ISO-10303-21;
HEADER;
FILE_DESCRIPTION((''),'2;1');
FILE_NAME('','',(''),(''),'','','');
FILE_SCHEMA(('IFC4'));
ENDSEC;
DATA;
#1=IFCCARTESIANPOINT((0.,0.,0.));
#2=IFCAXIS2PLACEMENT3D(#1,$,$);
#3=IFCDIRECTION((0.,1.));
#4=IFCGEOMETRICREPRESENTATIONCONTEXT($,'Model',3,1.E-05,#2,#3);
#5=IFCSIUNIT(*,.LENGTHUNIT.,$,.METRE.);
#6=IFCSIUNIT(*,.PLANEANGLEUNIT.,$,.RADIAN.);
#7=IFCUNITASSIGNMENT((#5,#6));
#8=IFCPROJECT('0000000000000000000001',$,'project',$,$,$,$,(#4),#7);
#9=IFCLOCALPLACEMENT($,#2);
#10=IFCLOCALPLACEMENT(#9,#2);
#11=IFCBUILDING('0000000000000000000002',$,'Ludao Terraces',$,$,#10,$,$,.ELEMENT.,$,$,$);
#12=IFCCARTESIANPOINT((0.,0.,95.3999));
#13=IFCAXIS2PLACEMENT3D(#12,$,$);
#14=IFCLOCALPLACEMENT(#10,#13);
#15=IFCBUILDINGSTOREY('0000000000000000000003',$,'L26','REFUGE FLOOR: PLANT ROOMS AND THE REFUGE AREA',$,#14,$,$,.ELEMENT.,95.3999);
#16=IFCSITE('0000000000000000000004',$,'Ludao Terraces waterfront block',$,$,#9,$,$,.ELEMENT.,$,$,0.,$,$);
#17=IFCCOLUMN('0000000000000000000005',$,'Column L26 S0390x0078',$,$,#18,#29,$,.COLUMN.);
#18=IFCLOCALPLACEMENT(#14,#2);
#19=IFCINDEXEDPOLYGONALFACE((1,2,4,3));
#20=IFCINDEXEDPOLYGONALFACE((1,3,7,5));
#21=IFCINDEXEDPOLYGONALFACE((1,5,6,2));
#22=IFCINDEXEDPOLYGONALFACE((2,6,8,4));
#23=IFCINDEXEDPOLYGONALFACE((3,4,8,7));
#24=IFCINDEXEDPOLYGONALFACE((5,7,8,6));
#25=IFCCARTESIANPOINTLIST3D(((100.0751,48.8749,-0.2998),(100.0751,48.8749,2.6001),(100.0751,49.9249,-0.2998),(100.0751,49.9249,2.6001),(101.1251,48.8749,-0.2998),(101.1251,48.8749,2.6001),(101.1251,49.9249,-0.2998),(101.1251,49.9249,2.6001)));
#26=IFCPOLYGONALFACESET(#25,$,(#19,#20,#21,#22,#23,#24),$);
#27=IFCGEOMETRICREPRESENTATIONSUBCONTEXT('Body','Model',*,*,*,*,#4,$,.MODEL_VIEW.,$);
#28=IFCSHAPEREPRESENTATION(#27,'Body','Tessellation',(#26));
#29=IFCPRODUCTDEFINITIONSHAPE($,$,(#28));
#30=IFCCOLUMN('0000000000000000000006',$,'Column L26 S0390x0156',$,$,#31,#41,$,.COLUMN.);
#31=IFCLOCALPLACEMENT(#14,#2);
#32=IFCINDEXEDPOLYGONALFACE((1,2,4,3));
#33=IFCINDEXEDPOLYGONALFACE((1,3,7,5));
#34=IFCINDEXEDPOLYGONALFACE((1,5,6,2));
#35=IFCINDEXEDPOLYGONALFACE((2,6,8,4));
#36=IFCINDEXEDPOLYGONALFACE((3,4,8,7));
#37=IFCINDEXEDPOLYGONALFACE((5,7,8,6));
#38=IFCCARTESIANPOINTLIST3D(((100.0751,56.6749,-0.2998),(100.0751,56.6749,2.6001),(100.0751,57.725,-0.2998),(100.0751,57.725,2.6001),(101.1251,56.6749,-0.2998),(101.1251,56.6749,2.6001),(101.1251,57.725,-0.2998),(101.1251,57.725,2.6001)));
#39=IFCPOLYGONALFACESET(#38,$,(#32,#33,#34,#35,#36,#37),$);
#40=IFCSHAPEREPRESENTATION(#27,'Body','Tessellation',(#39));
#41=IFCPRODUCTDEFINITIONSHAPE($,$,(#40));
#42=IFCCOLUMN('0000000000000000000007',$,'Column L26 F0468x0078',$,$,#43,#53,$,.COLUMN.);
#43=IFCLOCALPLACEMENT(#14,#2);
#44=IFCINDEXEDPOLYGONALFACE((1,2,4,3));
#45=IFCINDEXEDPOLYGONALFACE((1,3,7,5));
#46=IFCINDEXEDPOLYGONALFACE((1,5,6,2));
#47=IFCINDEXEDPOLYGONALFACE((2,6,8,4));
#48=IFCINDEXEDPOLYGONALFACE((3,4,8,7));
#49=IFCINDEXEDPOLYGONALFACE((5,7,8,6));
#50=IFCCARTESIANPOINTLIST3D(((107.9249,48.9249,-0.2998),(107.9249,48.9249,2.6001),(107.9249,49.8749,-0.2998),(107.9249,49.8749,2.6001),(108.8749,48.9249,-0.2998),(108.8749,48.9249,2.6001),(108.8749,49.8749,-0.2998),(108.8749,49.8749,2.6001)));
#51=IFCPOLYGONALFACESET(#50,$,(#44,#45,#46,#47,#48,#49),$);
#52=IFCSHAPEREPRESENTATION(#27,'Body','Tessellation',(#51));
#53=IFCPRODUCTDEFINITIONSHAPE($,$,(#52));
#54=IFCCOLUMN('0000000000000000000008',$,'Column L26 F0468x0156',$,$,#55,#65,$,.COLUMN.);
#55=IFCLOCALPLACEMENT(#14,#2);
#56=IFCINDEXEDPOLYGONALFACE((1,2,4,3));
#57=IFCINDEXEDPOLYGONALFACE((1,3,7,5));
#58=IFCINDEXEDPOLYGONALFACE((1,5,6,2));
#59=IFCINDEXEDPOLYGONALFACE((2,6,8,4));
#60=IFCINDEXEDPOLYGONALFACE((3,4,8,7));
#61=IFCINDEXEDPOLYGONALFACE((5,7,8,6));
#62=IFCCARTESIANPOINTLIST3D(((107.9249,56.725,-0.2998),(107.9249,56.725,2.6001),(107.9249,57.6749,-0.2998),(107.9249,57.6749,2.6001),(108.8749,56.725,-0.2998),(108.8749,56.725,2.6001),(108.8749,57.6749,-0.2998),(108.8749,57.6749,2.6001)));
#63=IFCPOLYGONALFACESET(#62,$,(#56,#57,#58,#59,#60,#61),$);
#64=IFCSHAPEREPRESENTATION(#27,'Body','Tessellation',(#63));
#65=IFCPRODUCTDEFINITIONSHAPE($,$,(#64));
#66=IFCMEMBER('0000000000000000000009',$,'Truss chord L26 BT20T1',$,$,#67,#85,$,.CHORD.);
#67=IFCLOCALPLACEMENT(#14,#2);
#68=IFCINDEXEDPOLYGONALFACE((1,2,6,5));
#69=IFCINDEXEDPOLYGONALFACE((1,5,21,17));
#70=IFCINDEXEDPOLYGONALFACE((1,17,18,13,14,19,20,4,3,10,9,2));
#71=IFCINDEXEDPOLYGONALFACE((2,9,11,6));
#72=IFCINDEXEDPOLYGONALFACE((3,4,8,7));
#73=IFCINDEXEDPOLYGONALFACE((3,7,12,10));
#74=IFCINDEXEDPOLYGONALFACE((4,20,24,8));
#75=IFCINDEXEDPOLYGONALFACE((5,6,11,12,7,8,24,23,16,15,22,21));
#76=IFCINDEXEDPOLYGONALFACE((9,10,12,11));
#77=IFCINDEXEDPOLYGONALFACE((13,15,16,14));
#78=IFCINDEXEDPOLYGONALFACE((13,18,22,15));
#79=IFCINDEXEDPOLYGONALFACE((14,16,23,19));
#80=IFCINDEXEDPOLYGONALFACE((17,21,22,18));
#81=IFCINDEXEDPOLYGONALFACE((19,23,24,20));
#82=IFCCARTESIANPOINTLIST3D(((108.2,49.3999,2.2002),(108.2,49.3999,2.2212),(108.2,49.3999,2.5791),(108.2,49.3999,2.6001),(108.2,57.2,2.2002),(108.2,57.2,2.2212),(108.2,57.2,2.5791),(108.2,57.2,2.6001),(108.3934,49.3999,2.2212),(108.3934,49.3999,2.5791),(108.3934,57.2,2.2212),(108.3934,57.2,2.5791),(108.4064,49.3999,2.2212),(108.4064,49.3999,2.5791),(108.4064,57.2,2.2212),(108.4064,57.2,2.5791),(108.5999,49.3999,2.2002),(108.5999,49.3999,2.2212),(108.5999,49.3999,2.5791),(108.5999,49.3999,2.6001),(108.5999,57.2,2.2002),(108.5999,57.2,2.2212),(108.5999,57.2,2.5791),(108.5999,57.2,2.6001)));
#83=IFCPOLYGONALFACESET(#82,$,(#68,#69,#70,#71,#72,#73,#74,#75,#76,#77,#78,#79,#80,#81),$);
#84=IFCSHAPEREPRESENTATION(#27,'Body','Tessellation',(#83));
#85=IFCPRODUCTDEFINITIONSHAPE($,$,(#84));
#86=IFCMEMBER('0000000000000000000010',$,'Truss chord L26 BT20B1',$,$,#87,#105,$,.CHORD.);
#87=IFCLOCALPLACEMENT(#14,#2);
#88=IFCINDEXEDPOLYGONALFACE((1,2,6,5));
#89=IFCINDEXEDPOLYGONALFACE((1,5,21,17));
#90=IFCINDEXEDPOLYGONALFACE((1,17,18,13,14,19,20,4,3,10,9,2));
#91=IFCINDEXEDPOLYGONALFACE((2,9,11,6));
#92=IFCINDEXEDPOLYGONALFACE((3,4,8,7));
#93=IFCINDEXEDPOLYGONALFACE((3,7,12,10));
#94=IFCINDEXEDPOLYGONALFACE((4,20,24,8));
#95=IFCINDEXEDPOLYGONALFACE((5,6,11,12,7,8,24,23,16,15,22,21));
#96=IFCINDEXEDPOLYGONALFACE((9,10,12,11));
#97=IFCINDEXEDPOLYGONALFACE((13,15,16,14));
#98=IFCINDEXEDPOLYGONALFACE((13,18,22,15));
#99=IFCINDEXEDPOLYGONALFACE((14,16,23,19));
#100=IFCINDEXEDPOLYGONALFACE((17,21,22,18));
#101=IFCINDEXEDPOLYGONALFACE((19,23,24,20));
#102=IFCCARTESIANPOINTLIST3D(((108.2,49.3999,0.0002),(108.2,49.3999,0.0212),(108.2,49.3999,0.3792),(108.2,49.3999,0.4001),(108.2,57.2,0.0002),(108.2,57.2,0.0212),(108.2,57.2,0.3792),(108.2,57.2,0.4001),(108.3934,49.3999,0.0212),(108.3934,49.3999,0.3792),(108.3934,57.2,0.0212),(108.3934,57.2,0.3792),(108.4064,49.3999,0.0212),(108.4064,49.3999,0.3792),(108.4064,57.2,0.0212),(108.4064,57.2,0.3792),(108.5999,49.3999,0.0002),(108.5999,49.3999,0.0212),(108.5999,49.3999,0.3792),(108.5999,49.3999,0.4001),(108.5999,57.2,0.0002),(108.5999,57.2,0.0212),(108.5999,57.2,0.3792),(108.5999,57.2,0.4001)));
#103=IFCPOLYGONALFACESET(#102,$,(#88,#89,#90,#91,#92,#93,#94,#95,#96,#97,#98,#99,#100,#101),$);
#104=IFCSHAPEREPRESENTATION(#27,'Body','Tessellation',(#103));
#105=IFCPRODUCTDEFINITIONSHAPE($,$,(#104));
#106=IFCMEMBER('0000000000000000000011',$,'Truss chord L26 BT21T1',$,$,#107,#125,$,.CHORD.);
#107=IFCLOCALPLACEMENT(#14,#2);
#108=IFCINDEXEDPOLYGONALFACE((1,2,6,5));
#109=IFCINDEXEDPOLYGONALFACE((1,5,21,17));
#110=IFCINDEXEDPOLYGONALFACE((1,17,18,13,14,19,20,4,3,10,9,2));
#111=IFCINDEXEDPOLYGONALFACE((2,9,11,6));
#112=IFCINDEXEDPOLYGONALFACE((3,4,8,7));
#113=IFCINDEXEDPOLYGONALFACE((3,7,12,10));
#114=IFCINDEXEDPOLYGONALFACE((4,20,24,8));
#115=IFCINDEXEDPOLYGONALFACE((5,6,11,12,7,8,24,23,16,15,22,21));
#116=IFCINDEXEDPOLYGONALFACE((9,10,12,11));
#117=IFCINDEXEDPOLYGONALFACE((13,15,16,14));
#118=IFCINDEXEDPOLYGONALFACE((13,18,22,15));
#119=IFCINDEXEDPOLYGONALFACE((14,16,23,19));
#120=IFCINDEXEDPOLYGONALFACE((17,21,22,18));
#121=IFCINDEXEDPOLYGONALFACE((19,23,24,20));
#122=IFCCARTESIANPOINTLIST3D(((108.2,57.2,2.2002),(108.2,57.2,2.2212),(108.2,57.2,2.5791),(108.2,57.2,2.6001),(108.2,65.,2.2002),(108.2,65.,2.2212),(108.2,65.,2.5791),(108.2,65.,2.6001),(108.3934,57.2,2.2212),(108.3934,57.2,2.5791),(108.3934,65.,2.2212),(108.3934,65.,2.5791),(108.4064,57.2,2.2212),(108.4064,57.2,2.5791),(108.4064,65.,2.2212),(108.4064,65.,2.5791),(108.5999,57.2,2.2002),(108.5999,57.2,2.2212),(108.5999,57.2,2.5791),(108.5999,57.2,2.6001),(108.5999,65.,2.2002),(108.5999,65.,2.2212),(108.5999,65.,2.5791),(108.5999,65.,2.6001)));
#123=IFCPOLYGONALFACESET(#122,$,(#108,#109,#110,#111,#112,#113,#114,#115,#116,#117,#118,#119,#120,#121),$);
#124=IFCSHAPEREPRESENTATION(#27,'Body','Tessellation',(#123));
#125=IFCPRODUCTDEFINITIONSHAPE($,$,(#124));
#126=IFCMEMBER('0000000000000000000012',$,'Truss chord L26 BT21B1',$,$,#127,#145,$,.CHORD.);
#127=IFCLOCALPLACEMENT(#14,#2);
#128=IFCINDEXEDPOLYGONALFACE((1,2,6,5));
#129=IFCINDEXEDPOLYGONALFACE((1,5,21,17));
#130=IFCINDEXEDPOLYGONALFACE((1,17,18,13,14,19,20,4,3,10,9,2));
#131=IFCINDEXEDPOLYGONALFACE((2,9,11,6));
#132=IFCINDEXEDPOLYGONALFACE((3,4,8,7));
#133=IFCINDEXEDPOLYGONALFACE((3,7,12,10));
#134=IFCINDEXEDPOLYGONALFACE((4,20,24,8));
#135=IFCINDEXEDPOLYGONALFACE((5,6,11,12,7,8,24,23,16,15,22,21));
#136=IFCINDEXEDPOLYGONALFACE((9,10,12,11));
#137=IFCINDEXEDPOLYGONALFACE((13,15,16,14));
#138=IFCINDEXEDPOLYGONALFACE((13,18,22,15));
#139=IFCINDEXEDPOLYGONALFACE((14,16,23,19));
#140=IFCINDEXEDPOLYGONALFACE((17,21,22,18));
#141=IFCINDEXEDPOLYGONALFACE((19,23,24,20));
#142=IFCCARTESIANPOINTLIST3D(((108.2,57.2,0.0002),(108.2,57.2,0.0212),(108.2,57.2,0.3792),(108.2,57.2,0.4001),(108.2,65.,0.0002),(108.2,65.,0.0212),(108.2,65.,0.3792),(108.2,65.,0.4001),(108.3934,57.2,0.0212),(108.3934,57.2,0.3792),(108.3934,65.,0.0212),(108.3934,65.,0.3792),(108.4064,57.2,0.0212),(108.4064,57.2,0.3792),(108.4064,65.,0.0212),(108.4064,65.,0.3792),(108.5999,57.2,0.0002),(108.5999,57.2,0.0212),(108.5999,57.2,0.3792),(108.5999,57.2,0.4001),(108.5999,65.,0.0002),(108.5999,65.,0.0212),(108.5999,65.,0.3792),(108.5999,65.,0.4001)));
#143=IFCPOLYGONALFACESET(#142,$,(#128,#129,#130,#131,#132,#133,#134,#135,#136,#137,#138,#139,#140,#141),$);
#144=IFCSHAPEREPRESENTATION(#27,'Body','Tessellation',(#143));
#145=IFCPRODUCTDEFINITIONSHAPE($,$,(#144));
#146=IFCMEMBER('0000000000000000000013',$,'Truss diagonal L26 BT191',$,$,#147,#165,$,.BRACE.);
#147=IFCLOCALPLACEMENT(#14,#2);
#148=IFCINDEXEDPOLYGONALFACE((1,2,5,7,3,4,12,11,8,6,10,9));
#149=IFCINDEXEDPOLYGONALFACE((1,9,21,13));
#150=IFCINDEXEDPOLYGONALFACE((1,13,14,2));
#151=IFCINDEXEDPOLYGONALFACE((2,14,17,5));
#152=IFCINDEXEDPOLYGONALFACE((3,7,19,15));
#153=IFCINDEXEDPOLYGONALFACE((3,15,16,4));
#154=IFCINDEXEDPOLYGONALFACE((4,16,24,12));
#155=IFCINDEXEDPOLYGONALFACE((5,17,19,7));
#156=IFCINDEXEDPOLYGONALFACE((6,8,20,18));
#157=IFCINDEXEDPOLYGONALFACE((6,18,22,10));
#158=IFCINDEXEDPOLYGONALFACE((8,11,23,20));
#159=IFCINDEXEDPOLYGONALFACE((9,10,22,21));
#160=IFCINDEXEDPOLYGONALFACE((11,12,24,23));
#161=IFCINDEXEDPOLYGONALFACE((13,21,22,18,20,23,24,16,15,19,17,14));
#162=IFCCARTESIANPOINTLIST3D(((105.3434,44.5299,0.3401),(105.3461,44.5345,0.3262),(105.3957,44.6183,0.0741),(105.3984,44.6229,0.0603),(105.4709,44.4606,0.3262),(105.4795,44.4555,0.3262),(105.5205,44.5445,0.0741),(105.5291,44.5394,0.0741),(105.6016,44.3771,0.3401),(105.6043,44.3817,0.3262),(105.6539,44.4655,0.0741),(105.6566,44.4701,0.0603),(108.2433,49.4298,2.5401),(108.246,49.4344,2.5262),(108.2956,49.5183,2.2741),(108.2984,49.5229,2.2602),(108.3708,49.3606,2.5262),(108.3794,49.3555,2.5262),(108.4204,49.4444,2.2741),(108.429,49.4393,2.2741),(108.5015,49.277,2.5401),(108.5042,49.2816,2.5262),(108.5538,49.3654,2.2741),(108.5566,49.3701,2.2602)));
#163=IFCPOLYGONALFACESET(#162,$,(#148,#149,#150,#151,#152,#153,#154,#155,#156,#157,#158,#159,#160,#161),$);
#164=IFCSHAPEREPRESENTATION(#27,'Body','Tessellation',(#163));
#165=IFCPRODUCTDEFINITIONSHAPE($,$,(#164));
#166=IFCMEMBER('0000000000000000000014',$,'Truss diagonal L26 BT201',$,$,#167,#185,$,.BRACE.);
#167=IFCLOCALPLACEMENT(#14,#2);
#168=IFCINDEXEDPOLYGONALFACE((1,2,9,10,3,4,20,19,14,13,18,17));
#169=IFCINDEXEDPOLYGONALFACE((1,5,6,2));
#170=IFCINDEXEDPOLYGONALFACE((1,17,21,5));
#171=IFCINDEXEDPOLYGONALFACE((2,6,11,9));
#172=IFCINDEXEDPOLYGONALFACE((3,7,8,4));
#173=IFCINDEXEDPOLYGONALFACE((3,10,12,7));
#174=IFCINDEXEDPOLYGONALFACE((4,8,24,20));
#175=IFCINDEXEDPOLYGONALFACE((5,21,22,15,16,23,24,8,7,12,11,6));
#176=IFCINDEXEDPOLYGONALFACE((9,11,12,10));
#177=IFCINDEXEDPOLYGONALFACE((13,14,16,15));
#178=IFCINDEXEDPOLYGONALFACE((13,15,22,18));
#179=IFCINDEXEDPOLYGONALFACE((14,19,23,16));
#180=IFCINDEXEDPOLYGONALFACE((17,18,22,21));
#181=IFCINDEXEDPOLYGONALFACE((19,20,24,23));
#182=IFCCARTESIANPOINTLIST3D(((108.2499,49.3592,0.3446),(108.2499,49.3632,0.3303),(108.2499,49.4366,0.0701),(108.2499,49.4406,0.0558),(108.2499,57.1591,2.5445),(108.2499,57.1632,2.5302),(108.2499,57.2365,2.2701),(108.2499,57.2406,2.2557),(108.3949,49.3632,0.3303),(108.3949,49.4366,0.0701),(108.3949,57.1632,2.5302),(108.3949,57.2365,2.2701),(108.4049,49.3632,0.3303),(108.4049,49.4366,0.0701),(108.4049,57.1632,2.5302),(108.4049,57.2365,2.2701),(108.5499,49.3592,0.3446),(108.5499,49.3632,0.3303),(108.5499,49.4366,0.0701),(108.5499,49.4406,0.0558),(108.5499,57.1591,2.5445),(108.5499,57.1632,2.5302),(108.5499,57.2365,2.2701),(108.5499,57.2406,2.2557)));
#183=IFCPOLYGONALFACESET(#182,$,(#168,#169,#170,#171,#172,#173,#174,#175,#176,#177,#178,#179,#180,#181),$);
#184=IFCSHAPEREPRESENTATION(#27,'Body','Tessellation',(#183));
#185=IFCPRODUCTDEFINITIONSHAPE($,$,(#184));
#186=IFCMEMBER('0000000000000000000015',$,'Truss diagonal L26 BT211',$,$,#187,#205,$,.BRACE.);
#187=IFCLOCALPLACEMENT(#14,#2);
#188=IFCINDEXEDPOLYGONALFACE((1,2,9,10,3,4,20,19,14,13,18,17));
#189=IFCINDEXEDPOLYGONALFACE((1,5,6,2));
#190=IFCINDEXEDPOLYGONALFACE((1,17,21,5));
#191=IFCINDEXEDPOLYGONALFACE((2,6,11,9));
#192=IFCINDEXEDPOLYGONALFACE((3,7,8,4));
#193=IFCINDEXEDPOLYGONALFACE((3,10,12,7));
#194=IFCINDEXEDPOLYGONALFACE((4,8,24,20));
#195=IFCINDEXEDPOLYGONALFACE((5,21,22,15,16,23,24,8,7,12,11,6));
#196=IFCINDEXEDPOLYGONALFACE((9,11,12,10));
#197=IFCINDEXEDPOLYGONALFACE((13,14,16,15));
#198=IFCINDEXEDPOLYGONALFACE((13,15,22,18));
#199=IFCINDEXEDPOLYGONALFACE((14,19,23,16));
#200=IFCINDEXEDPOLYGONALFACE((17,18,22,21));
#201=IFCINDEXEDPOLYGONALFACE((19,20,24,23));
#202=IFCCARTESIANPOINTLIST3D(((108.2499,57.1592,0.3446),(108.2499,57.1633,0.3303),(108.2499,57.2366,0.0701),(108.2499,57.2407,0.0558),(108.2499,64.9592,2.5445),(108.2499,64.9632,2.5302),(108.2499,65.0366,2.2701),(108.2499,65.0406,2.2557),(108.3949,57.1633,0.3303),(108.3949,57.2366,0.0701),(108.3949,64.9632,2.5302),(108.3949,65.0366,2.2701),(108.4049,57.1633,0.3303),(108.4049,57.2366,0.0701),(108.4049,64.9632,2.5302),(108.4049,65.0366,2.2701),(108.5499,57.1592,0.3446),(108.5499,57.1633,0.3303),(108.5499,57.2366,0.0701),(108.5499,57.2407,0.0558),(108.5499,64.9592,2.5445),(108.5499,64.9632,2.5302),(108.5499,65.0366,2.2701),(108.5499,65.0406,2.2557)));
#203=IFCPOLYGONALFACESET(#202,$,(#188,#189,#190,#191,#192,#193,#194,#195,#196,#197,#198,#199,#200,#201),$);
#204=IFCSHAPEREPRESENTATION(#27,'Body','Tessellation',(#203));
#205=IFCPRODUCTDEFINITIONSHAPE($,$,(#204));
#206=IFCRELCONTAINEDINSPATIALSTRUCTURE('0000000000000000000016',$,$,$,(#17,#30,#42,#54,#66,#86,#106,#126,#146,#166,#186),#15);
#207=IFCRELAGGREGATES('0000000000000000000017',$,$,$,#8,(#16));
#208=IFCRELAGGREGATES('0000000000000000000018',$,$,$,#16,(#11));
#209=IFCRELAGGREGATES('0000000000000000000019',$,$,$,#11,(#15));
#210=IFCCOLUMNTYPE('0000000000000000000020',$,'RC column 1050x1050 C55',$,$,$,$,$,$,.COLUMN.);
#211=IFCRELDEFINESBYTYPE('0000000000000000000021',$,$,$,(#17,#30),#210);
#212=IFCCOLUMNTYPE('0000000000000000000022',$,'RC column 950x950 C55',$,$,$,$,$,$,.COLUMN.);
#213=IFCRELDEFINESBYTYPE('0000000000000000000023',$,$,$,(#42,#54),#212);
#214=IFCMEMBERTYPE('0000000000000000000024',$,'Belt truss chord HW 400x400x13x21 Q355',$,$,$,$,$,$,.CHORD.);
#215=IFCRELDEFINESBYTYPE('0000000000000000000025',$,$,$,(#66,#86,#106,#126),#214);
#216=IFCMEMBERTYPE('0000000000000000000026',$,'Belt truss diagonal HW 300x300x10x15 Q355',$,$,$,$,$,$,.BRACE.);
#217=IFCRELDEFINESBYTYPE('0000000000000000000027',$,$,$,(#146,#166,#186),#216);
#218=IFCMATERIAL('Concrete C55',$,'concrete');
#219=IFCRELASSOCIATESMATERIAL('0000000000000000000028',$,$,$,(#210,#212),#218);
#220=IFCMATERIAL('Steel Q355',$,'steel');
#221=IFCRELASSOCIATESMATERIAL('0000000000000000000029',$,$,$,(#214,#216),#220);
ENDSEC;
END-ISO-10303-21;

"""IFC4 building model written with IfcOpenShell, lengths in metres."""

from ifc_helpers import new_model, si_unit, direction, frame, origin, origin_2d, place, context, subcontext, project, spatial, rectangle, i_section, extrude, material, material_profile, profile_set, type_object, element, save


model = new_model("IFC4")

# Units and contexts
model_context = context("Model", 3, precision=1e-05, world=origin(), true_north=direction((0.0, 1.0)))
body_context = subcontext(model_context, "Body", "Model", "MODEL_VIEW")
ifc_project = project(units=[si_unit("LENGTHUNIT", "METRE"), si_unit("PLANEANGLEUNIT", "RADIAN")], contexts=[model_context])

# Site, building, storey
site_placement = place(None, origin())
site = spatial("IfcSite", under=ifc_project, at=site_placement, Name="Ludao Terraces waterfront block", CompositionType="ELEMENT", RefElevation=0.0)
building_placement = place(site_placement, origin())
building = spatial("IfcBuilding", under=site, at=building_placement, Name="Ludao Terraces", CompositionType="ELEMENT")
storey_placement = place(building_placement, frame((0.0, 0.0, 95.3999)))
storey = spatial("IfcBuildingStorey", under=building, at=storey_placement, Name="L26", Description="REFUGE FLOOR: PLANT ROOMS AND THE REFUGE AREA", CompositionType="ELEMENT", Elevation=95.3999)

# Columns
ifc_material_1 = material(Name="Concrete C55", Category="concrete")
ifc_material_profile_1 = material_profile(ifc_material_1, rectangle(XDim=1.05, YDim=1.05, at=origin_2d()), Name="1050 X 1050")
ifc_profile_set_1 = profile_set([ifc_material_profile_1], Name="Concrete C55")
column_type_1 = type_object("IfcColumnType", Name="RC column 1050x1050 C55", PredefinedType="COLUMN", material=ifc_profile_set_1)
for number, where, z_axis, x_axis, name in (
    (1, (100.6001, 49.3999, -0.2998), (0.0, 0.0, 1.0), (1.0, 0.0, 0.0), "Column L26 S0390x0078"),
    (2, (100.6001, 57.2, -0.2998), (0.0, 0.0, 1.0), (1.0, 0.0, 0.0), "Column L26 S0390x0156"),
):
    element("IfcColumn", number, at=place(storey_placement, frame(where, z_axis=z_axis, x_axis=x_axis)), inside=storey, type_object=column_type_1, Name=name, PredefinedType="COLUMN", context=body_context, shape_type="SweptSolid", body=[
        extrude(rectangle(XDim=1.05, YDim=1.05, at=origin_2d()), origin(), (0.0, 0.0, 1.0), 2.8999),
    ])
ifc_material_profile_2 = material_profile(ifc_material_1, rectangle(XDim=0.95, YDim=0.95, at=origin_2d()), Name="950 X 950")
ifc_profile_set_2 = profile_set([ifc_material_profile_2], Name="Concrete C55")
column_type_2 = type_object("IfcColumnType", Name="RC column 950x950 C55", PredefinedType="COLUMN", material=ifc_profile_set_2)
for number, where, z_axis, x_axis, name in (
    (3, (108.3999, 49.3999, -0.2998), (0.0, 0.0, 1.0), (1.0, 0.0, 0.0), "Column L26 F0468x0078"),
    (4, (108.3999, 57.2, -0.2998), (0.0, 0.0, 1.0), (1.0, 0.0, 0.0), "Column L26 F0468x0156"),
):
    element("IfcColumn", number, at=place(storey_placement, frame(where, z_axis=z_axis, x_axis=x_axis)), inside=storey, type_object=column_type_2, Name=name, PredefinedType="COLUMN", context=body_context, shape_type="SweptSolid", body=[
        extrude(rectangle(XDim=0.95, YDim=0.95, at=origin_2d()), origin(), (0.0, 0.0, 1.0), 2.8999),
    ])

# Members
ifc_material_2 = material(Name="Steel Q355", Category="steel")
ifc_material_profile_3 = material_profile(ifc_material_2, i_section(OverallWidth=0.3999, OverallDepth=0.3999, WebThickness=0.0129, FlangeThickness=0.021, at=origin_2d()), Name="HW 400X400X13X21")
ifc_profile_set_3 = profile_set([ifc_material_profile_3], Name="Steel Q355")
member_type_1 = type_object("IfcMemberType", Name="Belt truss chord HW 400x400x13x21 Q355", PredefinedType="CHORD", material=ifc_profile_set_3)
for number, where, z_axis, x_axis, name in (
    (5, (108.3999, 49.3999, 2.4001), (0.0, 1.0, 0.0), (-1.0, 0.0, 0.0), "Truss chord L26 BT20T1"),
    (6, (108.3999, 49.3999, 0.2002), (0.0, 1.0, 0.0), (-1.0, 0.0, 0.0), "Truss chord L26 BT20B1"),
    (7, (108.3999, 57.2, 2.4001), (0.0, 1.0, 0.0), (-1.0, 0.0, 0.0), "Truss chord L26 BT21T1"),
    (8, (108.3999, 57.2, 0.2002), (0.0, 1.0, 0.0), (-1.0, 0.0, 0.0), "Truss chord L26 BT21B1"),
):
    element("IfcMember", number, at=place(storey_placement, frame(where, z_axis=z_axis, x_axis=x_axis)), inside=storey, type_object=member_type_1, Name=name, PredefinedType="CHORD", context=body_context, shape_type="SweptSolid", body=[
        extrude(i_section(OverallWidth=0.3999, OverallDepth=0.3999, WebThickness=0.0129, FlangeThickness=0.021, at=origin_2d()), origin(), (0.0, 0.0, 1.0), 7.8),
    ])
ifc_material_profile_4 = material_profile(ifc_material_2, i_section(OverallWidth=0.3, OverallDepth=0.3, WebThickness=0.01, FlangeThickness=0.0149, at=origin_2d()), Name="HW 300X300X10X15")
ifc_profile_set_4 = profile_set([ifc_material_profile_4], Name="Steel Q355")
member_type_2 = type_object("IfcMemberType", Name="Belt truss diagonal HW 300x300x10x15 Q355", PredefinedType="BRACE", material=ifc_profile_set_4)
member_placement = place(storey_placement, frame((105.5, 44.5, 0.2002), z_axis=(0.475086, 0.802742, 0.360414), x_axis=(-0.86058, 0.509316, 0.0)))
element("IfcMember", 9, at=member_placement, inside=storey, type_object=member_type_2, Name="Truss diagonal L26 BT191", PredefinedType="BRACE", context=body_context, shape_type="SweptSolid", body=[
    extrude(i_section(OverallWidth=0.3, OverallDepth=0.3, WebThickness=0.01, FlangeThickness=0.0149, at=origin_2d()), origin(), (0.0, 0.0, 1.0), 6.104),
])
for number, where, z_axis, x_axis, name in (
    (10, (108.3999, 49.3999, 0.2002), (0.0, 0.962452, 0.271453), (-1.0, 0.0, 0.0), "Truss diagonal L26 BT201"),
    (11, (108.3999, 57.2, 0.2002), (0.0, 0.962452, 0.271453), (-1.0, 0.0, 0.0), "Truss diagonal L26 BT211"),
):
    element("IfcMember", number, at=place(storey_placement, frame(where, z_axis=z_axis, x_axis=x_axis)), inside=storey, type_object=member_type_2, Name=name, PredefinedType="BRACE", context=body_context, shape_type="SweptSolid", body=[
        extrude(i_section(OverallWidth=0.3, OverallDepth=0.3, WebThickness=0.01, FlangeThickness=0.0149, at=origin_2d()), origin(), (0.0, 0.0, 1.0), 8.1042),
    ])

save(model, "model.ifc")
